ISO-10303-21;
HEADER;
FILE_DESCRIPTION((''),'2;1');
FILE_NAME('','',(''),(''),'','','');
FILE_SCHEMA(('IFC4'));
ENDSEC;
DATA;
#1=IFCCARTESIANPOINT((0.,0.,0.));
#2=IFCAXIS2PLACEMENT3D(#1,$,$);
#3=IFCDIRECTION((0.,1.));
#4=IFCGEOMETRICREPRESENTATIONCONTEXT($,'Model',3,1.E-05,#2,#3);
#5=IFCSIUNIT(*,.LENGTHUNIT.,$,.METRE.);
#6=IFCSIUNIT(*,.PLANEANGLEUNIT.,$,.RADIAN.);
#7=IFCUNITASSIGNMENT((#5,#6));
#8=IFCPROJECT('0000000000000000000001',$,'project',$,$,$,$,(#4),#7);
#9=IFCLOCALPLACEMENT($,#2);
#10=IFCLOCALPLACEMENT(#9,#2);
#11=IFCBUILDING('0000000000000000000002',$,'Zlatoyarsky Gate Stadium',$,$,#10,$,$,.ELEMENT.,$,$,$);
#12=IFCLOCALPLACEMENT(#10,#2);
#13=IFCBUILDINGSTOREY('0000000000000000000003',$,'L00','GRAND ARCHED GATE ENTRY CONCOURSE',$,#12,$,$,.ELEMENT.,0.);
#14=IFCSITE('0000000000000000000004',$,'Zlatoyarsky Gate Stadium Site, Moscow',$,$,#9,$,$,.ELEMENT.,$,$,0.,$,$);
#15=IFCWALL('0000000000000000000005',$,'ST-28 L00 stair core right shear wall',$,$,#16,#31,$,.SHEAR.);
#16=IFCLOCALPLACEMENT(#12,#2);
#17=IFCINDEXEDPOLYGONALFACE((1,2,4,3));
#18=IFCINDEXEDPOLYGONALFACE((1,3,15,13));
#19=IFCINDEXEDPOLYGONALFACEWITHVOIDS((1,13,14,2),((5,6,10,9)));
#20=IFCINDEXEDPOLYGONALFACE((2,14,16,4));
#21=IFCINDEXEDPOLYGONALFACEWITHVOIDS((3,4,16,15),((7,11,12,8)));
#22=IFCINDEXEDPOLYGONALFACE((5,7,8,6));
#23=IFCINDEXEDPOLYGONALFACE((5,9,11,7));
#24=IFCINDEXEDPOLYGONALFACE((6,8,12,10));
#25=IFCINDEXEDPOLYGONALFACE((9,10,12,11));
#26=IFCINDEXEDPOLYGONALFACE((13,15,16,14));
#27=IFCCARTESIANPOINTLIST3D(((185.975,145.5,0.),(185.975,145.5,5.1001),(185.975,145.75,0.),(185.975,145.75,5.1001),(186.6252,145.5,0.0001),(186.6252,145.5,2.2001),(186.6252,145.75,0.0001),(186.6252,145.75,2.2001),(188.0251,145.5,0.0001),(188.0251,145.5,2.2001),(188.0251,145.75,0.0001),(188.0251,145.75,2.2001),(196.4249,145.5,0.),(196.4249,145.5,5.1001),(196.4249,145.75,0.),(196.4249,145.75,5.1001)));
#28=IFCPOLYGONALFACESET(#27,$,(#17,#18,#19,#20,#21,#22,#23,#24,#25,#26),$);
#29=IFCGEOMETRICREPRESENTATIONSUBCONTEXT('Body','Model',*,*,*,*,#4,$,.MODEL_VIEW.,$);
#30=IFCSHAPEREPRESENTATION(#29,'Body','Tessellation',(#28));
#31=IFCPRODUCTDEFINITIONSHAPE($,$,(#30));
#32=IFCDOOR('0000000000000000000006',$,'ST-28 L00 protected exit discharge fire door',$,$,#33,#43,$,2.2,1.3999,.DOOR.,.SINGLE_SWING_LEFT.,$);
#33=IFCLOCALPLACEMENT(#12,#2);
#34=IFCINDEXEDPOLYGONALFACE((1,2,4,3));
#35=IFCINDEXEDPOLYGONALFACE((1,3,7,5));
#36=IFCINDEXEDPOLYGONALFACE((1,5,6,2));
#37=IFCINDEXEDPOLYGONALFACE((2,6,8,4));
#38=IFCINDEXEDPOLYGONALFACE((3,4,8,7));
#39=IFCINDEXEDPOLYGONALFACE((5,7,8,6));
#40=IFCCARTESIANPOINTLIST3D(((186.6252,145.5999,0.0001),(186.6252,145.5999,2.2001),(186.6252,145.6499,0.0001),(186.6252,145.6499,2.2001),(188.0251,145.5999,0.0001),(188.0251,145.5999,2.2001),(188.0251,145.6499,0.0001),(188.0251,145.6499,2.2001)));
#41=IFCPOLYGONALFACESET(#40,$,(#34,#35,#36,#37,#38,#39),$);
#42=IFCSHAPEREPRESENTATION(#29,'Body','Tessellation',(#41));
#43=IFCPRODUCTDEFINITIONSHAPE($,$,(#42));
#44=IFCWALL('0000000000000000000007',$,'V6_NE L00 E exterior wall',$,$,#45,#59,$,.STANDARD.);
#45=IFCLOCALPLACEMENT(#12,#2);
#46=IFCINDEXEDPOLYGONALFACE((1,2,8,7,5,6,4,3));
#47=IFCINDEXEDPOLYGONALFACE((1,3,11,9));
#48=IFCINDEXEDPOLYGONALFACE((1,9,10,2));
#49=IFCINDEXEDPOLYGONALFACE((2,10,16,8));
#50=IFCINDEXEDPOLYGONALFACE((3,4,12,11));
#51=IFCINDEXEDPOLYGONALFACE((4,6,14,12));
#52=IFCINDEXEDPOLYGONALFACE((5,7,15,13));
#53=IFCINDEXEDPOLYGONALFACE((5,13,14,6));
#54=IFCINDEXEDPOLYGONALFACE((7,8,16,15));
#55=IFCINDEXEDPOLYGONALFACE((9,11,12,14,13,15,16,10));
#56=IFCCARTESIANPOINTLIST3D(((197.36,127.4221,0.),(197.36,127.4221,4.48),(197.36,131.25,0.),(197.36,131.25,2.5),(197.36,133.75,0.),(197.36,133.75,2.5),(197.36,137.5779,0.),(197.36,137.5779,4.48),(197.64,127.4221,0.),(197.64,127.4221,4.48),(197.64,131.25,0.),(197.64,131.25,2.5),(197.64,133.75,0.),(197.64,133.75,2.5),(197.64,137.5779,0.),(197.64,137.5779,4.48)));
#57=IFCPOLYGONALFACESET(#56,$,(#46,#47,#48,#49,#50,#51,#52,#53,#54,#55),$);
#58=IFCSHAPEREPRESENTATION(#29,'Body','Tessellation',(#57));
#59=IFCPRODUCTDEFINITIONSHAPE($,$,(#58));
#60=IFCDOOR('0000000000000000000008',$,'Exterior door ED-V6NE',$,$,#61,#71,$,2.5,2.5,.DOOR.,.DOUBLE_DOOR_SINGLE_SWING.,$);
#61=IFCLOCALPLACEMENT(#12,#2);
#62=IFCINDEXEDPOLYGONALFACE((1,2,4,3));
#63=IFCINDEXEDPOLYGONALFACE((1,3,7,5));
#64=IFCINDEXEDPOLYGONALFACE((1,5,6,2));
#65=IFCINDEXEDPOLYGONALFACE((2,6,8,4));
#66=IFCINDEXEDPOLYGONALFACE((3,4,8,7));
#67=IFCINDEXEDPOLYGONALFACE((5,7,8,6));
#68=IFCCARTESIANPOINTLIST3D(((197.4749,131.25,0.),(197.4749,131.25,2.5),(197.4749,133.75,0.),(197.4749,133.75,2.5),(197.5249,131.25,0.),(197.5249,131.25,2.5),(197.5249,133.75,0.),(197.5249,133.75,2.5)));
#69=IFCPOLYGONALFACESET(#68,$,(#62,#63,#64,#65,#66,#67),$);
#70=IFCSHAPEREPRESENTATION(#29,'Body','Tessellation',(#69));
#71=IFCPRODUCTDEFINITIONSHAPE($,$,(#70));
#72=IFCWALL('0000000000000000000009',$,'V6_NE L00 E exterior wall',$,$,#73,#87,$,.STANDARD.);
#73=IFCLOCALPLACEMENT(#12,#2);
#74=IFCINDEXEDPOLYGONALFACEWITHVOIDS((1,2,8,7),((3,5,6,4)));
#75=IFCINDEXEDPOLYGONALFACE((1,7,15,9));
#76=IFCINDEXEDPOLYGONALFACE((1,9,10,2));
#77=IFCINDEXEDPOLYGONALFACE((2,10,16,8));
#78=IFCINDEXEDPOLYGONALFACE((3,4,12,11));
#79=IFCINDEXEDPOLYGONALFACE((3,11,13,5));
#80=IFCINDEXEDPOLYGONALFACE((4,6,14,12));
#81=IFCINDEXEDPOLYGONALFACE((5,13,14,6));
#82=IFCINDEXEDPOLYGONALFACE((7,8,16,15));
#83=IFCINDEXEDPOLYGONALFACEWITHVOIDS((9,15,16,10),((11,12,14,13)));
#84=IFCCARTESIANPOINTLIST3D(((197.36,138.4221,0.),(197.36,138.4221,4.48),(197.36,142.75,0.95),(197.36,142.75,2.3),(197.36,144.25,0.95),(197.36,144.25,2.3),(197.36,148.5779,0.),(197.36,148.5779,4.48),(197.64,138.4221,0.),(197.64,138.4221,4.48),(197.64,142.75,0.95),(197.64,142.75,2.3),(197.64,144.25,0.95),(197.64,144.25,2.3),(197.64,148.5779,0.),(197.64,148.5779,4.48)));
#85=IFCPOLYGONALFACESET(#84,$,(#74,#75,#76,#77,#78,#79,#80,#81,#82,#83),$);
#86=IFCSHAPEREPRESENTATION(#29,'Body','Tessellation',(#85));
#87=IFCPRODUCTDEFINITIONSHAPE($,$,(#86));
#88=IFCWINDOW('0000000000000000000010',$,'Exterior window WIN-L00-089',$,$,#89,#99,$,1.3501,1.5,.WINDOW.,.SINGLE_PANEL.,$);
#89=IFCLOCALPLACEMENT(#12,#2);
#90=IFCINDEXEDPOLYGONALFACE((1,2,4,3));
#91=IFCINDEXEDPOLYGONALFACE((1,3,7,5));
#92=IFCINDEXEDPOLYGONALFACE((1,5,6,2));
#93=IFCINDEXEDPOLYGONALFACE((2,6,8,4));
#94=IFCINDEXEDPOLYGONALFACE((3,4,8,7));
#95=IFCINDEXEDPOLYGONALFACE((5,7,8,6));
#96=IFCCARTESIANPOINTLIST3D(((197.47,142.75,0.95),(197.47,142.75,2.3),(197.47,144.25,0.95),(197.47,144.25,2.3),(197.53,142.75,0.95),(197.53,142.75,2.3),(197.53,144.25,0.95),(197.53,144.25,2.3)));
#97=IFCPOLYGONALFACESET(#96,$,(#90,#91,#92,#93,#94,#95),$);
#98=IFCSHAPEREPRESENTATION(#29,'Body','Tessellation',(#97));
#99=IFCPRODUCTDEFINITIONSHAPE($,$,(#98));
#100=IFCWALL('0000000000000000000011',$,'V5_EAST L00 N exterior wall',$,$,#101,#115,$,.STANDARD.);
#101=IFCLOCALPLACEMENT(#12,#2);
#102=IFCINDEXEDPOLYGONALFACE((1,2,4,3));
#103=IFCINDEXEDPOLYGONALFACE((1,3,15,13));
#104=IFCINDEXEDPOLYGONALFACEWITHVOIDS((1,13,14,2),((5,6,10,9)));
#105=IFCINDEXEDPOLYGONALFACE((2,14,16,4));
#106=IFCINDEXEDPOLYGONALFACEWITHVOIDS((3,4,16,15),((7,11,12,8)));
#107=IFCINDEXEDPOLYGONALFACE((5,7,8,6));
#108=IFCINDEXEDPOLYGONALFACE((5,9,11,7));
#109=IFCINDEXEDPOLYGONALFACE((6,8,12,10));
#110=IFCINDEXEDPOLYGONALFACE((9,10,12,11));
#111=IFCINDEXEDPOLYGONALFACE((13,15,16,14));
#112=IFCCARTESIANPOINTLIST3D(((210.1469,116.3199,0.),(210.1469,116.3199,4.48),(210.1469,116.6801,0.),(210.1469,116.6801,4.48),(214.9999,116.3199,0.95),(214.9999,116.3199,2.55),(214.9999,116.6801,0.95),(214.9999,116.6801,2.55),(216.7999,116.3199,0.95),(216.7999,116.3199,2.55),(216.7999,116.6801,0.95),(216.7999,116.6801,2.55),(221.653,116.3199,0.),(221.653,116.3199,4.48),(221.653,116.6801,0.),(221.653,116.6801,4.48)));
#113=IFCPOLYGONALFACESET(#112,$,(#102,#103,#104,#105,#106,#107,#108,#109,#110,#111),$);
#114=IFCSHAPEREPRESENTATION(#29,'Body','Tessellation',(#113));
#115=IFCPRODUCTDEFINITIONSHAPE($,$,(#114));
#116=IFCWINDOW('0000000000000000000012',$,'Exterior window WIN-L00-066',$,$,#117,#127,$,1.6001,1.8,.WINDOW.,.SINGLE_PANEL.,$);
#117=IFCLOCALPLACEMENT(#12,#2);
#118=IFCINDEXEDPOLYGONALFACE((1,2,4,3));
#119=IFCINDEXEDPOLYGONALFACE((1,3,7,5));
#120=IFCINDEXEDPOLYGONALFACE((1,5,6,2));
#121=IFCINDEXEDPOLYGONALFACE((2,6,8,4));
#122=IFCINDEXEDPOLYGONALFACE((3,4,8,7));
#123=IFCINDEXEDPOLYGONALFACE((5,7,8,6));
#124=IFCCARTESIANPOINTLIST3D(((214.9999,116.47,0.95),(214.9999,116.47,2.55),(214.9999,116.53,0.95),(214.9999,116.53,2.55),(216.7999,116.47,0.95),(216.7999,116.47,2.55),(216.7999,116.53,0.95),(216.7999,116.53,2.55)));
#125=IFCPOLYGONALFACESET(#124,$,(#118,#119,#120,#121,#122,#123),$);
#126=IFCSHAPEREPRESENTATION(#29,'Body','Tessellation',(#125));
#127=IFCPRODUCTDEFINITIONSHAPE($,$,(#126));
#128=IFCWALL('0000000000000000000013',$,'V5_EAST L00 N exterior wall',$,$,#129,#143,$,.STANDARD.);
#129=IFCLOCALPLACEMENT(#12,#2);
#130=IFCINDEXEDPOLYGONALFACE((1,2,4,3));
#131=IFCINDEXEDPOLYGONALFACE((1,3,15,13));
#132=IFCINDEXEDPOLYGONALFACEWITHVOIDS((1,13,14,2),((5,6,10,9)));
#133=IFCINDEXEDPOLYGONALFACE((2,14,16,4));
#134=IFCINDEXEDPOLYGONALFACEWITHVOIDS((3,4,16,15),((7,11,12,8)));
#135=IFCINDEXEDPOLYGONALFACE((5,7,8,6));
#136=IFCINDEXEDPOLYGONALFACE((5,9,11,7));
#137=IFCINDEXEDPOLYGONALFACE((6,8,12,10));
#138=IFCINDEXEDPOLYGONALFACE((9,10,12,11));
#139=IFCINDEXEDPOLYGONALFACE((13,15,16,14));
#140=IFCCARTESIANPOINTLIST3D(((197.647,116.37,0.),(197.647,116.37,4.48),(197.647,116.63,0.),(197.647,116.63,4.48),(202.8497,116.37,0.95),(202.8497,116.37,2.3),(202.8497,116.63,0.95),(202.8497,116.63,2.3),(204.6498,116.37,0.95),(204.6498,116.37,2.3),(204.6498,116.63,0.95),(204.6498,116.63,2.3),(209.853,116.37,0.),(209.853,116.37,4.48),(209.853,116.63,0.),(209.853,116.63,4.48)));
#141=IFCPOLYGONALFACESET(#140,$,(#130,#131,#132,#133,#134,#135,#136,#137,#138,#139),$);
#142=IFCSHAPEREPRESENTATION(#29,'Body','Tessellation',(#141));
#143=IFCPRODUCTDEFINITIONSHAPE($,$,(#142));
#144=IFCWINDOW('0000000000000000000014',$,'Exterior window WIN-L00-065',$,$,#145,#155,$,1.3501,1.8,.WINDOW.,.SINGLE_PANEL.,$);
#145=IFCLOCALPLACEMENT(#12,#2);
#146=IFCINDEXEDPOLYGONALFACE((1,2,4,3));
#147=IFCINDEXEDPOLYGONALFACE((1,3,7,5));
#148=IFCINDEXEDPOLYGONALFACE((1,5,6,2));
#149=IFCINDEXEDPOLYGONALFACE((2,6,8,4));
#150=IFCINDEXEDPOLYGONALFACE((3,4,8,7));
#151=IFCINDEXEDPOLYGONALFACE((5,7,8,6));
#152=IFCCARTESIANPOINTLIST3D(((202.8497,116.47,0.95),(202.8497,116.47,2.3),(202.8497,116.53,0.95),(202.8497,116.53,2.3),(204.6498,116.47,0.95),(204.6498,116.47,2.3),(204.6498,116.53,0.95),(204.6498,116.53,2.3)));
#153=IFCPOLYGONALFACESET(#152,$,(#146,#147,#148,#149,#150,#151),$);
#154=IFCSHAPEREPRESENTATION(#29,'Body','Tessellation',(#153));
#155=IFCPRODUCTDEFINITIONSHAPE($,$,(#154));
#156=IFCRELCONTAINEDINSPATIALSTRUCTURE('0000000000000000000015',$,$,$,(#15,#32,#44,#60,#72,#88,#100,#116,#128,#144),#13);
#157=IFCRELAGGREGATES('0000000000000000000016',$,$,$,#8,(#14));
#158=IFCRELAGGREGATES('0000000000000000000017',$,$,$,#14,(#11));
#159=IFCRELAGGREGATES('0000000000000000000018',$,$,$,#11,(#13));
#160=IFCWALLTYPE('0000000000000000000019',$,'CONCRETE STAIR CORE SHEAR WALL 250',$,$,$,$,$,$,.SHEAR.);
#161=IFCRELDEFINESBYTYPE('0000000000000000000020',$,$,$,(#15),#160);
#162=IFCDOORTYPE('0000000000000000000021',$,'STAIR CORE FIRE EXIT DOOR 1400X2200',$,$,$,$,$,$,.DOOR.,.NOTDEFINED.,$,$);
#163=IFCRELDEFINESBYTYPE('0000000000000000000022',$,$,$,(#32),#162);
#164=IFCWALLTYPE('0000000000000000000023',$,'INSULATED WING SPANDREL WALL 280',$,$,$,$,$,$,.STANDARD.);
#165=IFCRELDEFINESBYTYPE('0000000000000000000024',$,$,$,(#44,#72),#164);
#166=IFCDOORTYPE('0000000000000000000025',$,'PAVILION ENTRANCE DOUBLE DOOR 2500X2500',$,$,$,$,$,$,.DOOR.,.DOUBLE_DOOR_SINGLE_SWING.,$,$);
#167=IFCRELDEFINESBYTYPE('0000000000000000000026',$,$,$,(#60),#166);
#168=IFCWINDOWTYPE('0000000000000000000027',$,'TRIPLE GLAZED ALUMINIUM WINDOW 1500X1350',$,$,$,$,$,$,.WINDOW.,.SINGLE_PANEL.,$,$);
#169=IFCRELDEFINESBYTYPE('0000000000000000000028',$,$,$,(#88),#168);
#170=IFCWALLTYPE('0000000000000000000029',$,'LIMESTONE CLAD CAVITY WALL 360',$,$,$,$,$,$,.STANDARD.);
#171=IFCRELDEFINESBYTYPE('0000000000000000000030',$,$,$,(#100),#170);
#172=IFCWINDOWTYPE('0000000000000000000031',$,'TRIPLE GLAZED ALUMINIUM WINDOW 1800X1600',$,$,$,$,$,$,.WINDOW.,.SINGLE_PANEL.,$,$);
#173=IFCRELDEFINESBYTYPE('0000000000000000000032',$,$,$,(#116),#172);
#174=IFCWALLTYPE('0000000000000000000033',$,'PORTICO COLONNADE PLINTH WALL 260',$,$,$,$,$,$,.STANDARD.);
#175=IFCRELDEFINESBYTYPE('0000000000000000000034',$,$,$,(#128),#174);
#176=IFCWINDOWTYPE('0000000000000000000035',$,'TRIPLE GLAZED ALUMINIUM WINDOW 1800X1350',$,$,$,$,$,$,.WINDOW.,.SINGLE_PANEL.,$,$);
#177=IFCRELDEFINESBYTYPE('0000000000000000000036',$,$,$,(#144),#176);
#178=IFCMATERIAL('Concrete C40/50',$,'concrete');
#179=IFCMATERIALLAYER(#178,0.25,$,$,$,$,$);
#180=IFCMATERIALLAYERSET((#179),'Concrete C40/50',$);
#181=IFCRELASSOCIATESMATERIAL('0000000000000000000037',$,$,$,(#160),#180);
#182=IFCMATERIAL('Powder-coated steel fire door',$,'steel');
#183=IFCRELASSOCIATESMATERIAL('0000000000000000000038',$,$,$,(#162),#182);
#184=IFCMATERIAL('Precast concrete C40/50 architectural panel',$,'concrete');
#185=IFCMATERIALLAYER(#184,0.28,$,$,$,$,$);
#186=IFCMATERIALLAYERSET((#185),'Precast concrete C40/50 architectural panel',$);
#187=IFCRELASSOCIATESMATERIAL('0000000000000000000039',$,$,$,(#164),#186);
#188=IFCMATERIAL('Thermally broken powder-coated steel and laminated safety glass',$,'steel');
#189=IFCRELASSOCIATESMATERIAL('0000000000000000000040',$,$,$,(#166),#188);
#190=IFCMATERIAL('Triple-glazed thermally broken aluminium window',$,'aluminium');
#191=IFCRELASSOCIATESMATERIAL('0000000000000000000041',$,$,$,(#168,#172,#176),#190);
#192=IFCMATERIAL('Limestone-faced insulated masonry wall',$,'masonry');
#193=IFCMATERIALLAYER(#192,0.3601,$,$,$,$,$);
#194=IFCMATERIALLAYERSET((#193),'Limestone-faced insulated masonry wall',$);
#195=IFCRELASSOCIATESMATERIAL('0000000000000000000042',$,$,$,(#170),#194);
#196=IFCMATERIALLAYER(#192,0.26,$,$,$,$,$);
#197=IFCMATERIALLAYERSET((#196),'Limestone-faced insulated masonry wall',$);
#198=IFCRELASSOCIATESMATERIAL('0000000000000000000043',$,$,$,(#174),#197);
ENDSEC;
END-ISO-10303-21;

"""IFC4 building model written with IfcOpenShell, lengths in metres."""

from ifc_helpers import new_model, si_unit, direction, frame, frame_2d, origin, place, context, subcontext, project, spatial, rectangle, extrude, material, layer, layer_set, type_object, element, fill, save


model = new_model("IFC4")

# Units and contexts
model_context = context("Model", 3, precision=1e-05, world=origin(), true_north=direction((0.0, 1.0)))
body_context = subcontext(model_context, "Body", "Model", "MODEL_VIEW")
ifc_project = project(units=[si_unit("LENGTHUNIT", "METRE"), si_unit("PLANEANGLEUNIT", "RADIAN")], contexts=[model_context])

# Site, building, storey
site_placement = place(None, origin())
site = spatial("IfcSite", under=ifc_project, at=site_placement, Name="Zlatoyarsky Gate Stadium Site, Moscow", CompositionType="ELEMENT", RefElevation=0.0)
building_placement = place(site_placement, origin())
building = spatial("IfcBuilding", under=site, at=building_placement, Name="Zlatoyarsky Gate Stadium", CompositionType="ELEMENT")
storey_placement = place(building_placement, origin())
storey = spatial("IfcBuildingStorey", under=building, at=storey_placement, Name="L00", Description="GRAND ARCHED GATE ENTRY CONCOURSE", CompositionType="ELEMENT", Elevation=0.0)

# Shared definitions
ifc_material_1 = material(Name="Concrete C40/50", Category="concrete")

# Shared definitions
ifc_layer_1 = layer(ifc_material_1, 0.25)
ifc_layer_set_1 = layer_set([ifc_layer_1], Name="Concrete C40/50")
wall_type_1 = type_object("IfcWallType", Name="CONCRETE STAIR CORE SHEAR WALL 250", PredefinedType="SHEAR", material=ifc_layer_set_1)

# Walls, openings, doors
wall_1_placement = place(storey_placement, frame((196.425, 145.625, 0.0), z_axis=(0.0, 0.0, 1.0), x_axis=(-1.0, 0.0, 0.0)))
wall_1 = element("IfcWall", 1, at=wall_1_placement, inside=storey, type_object=wall_type_1, Name="ST-28 L00 stair core right shear wall", PredefinedType="SHEAR", context=body_context, shape_type="SweptSolid", body=[
    extrude(rectangle(XDim=10.45, YDim=0.25, at=frame_2d((5.2251, 0.0))), origin(), (0.0, 0.0, 1.0), 5.1001),
])
opening_1_placement = place(wall_1_placement, frame((8.3999, 0.0, 0.0)))
opening_1 = element("IfcOpeningElement", 2, at=opening_1_placement, cuts=wall_1, PredefinedType="OPENING", context=body_context, shape_type="SweptSolid", body=[
    extrude(rectangle(XDim=1.3999, YDim=2.2, at=frame_2d((0.7, 1.1001))), frame((0.0, 0.135, 0.0), z_axis=(0.0, -1.0, 0.0), x_axis=(1.0, 0.0, 0.0)), (0.0, 0.0, 1.0), 0.27),
])
ifc_material_2 = material(Name="Powder-coated steel fire door", Category="steel")
door_type_1 = type_object("IfcDoorType", Name="STAIR CORE FIRE EXIT DOOR 1400X2200", OperationType="NOTDEFINED", PredefinedType="DOOR", material=ifc_material_2)
door_1_placement = place(opening_1_placement, frame((1.3999, 0.0, 0.0), z_axis=(0.0, 0.0, 1.0), x_axis=(-1.0, 0.0, 0.0)))
door_1 = element("IfcDoor", 3, at=door_1_placement, inside=storey, type_object=door_type_1, Name="ST-28 L00 protected exit discharge fire door", OperationType="SINGLE_SWING_LEFT", OverallHeight=2.2, OverallWidth=1.3999, PredefinedType="DOOR", context=body_context, shape_type="SweptSolid", body=[
    extrude(rectangle(XDim=1.3999, YDim=2.2, at=frame_2d((0.7, 1.1001))), frame((0.0, 0.0249, 0.0), z_axis=(0.0, -1.0, 0.0), x_axis=(1.0, 0.0, 0.0)), (0.0, 0.0, 1.0), 0.05),
])
fill(opening_1, door_1)
ifc_material_3 = material(Name="Precast concrete C40/50 architectural panel", Category="concrete")
ifc_layer_2 = layer(ifc_material_3, 0.28)
ifc_layer_set_2 = layer_set([ifc_layer_2], Name="Precast concrete C40/50 architectural panel")
wall_type_2 = type_object("IfcWallType", Name="INSULATED WING SPANDREL WALL 280", PredefinedType="STANDARD", material=ifc_layer_set_2)
wall_2_placement = place(storey_placement, frame((197.5, 127.4221, 0.0), z_axis=(0.0, 0.0, 1.0), x_axis=(0.0, 1.0, 0.0)))
wall_2 = element("IfcWall", 4, at=wall_2_placement, inside=storey, type_object=wall_type_2, Name="V6_NE L00 E exterior wall", PredefinedType="STANDARD", context=body_context, shape_type="SweptSolid", body=[
    extrude(rectangle(XDim=10.1558, YDim=0.28, at=frame_2d((5.0779, 0.0))), origin(), (0.0, 0.0, 1.0), 4.48),
])
opening_2_placement = place(wall_2_placement, frame((3.8279, 0.0, 0.0)))
opening_2 = element("IfcOpeningElement", 5, at=opening_2_placement, cuts=wall_2, PredefinedType="OPENING", context=body_context, shape_type="SweptSolid", body=[
    extrude(rectangle(XDim=2.5, YDim=2.5, at=frame_2d((1.25, 1.25))), frame((0.0, 0.1499, 0.0), z_axis=(0.0, -1.0, 0.0), x_axis=(1.0, 0.0, 0.0)), (0.0, 0.0, 1.0), 0.3),
])
ifc_material_4 = material(Name="Thermally broken powder-coated steel and laminated safety glass", Category="steel")
door_type_2 = type_object("IfcDoorType", Name="PAVILION ENTRANCE DOUBLE DOOR 2500X2500", OperationType="DOUBLE_DOOR_SINGLE_SWING", PredefinedType="DOOR", material=ifc_material_4)
door_2_placement = place(opening_2_placement, frame((2.5, 0.0, 0.0), z_axis=(0.0, 0.0, 1.0), x_axis=(-1.0, 0.0, 0.0)))
door_2 = element("IfcDoor", 6, at=door_2_placement, inside=storey, type_object=door_type_2, Name="Exterior door ED-V6NE", OperationType="DOUBLE_DOOR_SINGLE_SWING", OverallHeight=2.5, OverallWidth=2.5, PredefinedType="DOOR", context=body_context, shape_type="SweptSolid", body=[
    extrude(rectangle(XDim=2.5, YDim=2.5, at=frame_2d((1.25, 1.25))), frame((0.0, 0.0249, 0.0), z_axis=(0.0, -1.0, 0.0), x_axis=(1.0, 0.0, 0.0)), (0.0, 0.0, 1.0), 0.05),
])
fill(opening_2, door_2)

# Walls, openings, windows
wall_3_placement = place(storey_placement, frame((197.5, 138.4221, 0.0), z_axis=(0.0, 0.0, 1.0), x_axis=(0.0, 1.0, 0.0)))
wall_3 = element("IfcWall", 7, at=wall_3_placement, inside=storey, type_object=wall_type_2, Name="V6_NE L00 E exterior wall", PredefinedType="STANDARD", context=body_context, shape_type="SweptSolid", body=[
    extrude(rectangle(XDim=10.1558, YDim=0.28, at=frame_2d((5.0779, 0.0))), origin(), (0.0, 0.0, 1.0), 4.48),
])
opening_3_placement = place(wall_3_placement, frame((4.3279, 0.0, 0.95)))
opening_3 = element("IfcOpeningElement", 8, at=opening_3_placement, cuts=wall_3, PredefinedType="OPENING", context=body_context, shape_type="SweptSolid", body=[
    extrude(rectangle(XDim=1.5, YDim=1.3501, at=frame_2d((0.75, 0.675))), frame((0.0, 0.1499, 0.0), z_axis=(0.0, -1.0, 0.0), x_axis=(1.0, 0.0, 0.0)), (0.0, 0.0, 1.0), 0.3),
])
ifc_material_5 = material(Name="Triple-glazed thermally broken aluminium window", Category="aluminium")
window_type_1 = type_object("IfcWindowType", Name="TRIPLE GLAZED ALUMINIUM WINDOW 1500X1350", PartitioningType="SINGLE_PANEL", PredefinedType="WINDOW", material=ifc_material_5)
window_1_placement = place(opening_3_placement, origin())
window_1 = element("IfcWindow", 9, at=window_1_placement, inside=storey, type_object=window_type_1, Name="Exterior window WIN-L00-089", OverallHeight=1.3501, OverallWidth=1.5, PartitioningType="SINGLE_PANEL", PredefinedType="WINDOW", context=body_context, shape_type="SweptSolid", body=[
    extrude(rectangle(XDim=1.5, YDim=1.3501, at=frame_2d((0.75, 0.675))), frame((0.0, 0.03, 0.0), z_axis=(0.0, -1.0, 0.0), x_axis=(1.0, 0.0, 0.0)), (0.0, 0.0, 1.0), 0.0601),
])
fill(opening_3, window_1)
ifc_material_6 = material(Name="Limestone-faced insulated masonry wall", Category="masonry")
ifc_layer_3 = layer(ifc_material_6, 0.3601)
ifc_layer_set_3 = layer_set([ifc_layer_3], Name="Limestone-faced insulated masonry wall")
wall_type_3 = type_object("IfcWallType", Name="LIMESTONE CLAD CAVITY WALL 360", PredefinedType="STANDARD", material=ifc_layer_set_3)
wall_4_placement = place(storey_placement, frame((210.147, 116.5, 0.0), z_axis=(0.0, 0.0, 1.0), x_axis=(1.0, 0.0, 0.0)))
wall_4 = element("IfcWall", 10, at=wall_4_placement, inside=storey, type_object=wall_type_3, Name="V5_EAST L00 N exterior wall", PredefinedType="STANDARD", context=body_context, shape_type="SweptSolid", body=[
    extrude(rectangle(XDim=11.5061, YDim=0.3601, at=frame_2d((5.7529, 0.0))), origin(), (0.0, 0.0, 1.0), 4.48),
])
opening_4_placement = place(wall_4_placement, frame((4.853, 0.0, 0.95)))
opening_4 = element("IfcOpeningElement", 11, at=opening_4_placement, cuts=wall_4, PredefinedType="OPENING", context=body_context, shape_type="SweptSolid", body=[
    extrude(rectangle(XDim=1.8, YDim=1.6001, at=frame_2d((0.8999, 0.8))), frame((0.0, 0.1899, 0.0), z_axis=(0.0, -1.0, 0.0), x_axis=(1.0, 0.0, 0.0)), (0.0, 0.0, 1.0), 0.3801),
])
window_type_2 = type_object("IfcWindowType", Name="TRIPLE GLAZED ALUMINIUM WINDOW 1800X1600", PartitioningType="SINGLE_PANEL", PredefinedType="WINDOW", material=ifc_material_5)
window_2_placement = place(opening_4_placement, origin())
window_2 = element("IfcWindow", 12, at=window_2_placement, inside=storey, type_object=window_type_2, Name="Exterior window WIN-L00-066", OverallHeight=1.6001, OverallWidth=1.8, PartitioningType="SINGLE_PANEL", PredefinedType="WINDOW", context=body_context, shape_type="SweptSolid", body=[
    extrude(rectangle(XDim=1.8, YDim=1.6001, at=frame_2d((0.8999, 0.8))), frame((0.0, 0.03, 0.0), z_axis=(0.0, -1.0, 0.0), x_axis=(1.0, 0.0, 0.0)), (0.0, 0.0, 1.0), 0.0601),
])
fill(opening_4, window_2)
ifc_layer_4 = layer(ifc_material_6, 0.26)
ifc_layer_set_4 = layer_set([ifc_layer_4], Name="Limestone-faced insulated masonry wall")
wall_type_4 = type_object("IfcWallType", Name="PORTICO COLONNADE PLINTH WALL 260", PredefinedType="STANDARD", material=ifc_layer_set_4)
wall_5_placement = place(storey_placement, frame((197.647, 116.5, 0.0), z_axis=(0.0, 0.0, 1.0), x_axis=(1.0, 0.0, 0.0)))
wall_5 = element("IfcWall", 13, at=wall_5_placement, inside=storey, type_object=wall_type_4, Name="V5_EAST L00 N exterior wall", PredefinedType="STANDARD", context=body_context, shape_type="SweptSolid", body=[
    extrude(rectangle(XDim=12.2061, YDim=0.26, at=frame_2d((6.103, 0.0))), origin(), (0.0, 0.0, 1.0), 4.48),
])
opening_5_placement = place(wall_5_placement, frame((5.2029, 0.0, 0.95)))
opening_5 = element("IfcOpeningElement", 14, at=opening_5_placement, cuts=wall_5, PredefinedType="OPENING", context=body_context, shape_type="SweptSolid", body=[
    extrude(rectangle(XDim=1.8, YDim=1.3501, at=frame_2d((0.8999, 0.675))), frame((0.0, 0.1399, 0.0), z_axis=(0.0, -1.0, 0.0), x_axis=(1.0, 0.0, 0.0)), (0.0, 0.0, 1.0), 0.28),
])
window_type_3 = type_object("IfcWindowType", Name="TRIPLE GLAZED ALUMINIUM WINDOW 1800X1350", PartitioningType="SINGLE_PANEL", PredefinedType="WINDOW", material=ifc_material_5)
window_3_placement = place(opening_5_placement, origin())
window_3 = element("IfcWindow", 15, at=window_3_placement, inside=storey, type_object=window_type_3, Name="Exterior window WIN-L00-065", OverallHeight=1.3501, OverallWidth=1.8, PartitioningType="SINGLE_PANEL", PredefinedType="WINDOW", context=body_context, shape_type="SweptSolid", body=[
    extrude(rectangle(XDim=1.8, YDim=1.3501, at=frame_2d((0.8999, 0.675))), frame((0.0, 0.03, 0.0), z_axis=(0.0, -1.0, 0.0), x_axis=(1.0, 0.0, 0.0)), (0.0, 0.0, 1.0), 0.0601),
])
fill(opening_5, window_3)

save(model, "model.ifc")
